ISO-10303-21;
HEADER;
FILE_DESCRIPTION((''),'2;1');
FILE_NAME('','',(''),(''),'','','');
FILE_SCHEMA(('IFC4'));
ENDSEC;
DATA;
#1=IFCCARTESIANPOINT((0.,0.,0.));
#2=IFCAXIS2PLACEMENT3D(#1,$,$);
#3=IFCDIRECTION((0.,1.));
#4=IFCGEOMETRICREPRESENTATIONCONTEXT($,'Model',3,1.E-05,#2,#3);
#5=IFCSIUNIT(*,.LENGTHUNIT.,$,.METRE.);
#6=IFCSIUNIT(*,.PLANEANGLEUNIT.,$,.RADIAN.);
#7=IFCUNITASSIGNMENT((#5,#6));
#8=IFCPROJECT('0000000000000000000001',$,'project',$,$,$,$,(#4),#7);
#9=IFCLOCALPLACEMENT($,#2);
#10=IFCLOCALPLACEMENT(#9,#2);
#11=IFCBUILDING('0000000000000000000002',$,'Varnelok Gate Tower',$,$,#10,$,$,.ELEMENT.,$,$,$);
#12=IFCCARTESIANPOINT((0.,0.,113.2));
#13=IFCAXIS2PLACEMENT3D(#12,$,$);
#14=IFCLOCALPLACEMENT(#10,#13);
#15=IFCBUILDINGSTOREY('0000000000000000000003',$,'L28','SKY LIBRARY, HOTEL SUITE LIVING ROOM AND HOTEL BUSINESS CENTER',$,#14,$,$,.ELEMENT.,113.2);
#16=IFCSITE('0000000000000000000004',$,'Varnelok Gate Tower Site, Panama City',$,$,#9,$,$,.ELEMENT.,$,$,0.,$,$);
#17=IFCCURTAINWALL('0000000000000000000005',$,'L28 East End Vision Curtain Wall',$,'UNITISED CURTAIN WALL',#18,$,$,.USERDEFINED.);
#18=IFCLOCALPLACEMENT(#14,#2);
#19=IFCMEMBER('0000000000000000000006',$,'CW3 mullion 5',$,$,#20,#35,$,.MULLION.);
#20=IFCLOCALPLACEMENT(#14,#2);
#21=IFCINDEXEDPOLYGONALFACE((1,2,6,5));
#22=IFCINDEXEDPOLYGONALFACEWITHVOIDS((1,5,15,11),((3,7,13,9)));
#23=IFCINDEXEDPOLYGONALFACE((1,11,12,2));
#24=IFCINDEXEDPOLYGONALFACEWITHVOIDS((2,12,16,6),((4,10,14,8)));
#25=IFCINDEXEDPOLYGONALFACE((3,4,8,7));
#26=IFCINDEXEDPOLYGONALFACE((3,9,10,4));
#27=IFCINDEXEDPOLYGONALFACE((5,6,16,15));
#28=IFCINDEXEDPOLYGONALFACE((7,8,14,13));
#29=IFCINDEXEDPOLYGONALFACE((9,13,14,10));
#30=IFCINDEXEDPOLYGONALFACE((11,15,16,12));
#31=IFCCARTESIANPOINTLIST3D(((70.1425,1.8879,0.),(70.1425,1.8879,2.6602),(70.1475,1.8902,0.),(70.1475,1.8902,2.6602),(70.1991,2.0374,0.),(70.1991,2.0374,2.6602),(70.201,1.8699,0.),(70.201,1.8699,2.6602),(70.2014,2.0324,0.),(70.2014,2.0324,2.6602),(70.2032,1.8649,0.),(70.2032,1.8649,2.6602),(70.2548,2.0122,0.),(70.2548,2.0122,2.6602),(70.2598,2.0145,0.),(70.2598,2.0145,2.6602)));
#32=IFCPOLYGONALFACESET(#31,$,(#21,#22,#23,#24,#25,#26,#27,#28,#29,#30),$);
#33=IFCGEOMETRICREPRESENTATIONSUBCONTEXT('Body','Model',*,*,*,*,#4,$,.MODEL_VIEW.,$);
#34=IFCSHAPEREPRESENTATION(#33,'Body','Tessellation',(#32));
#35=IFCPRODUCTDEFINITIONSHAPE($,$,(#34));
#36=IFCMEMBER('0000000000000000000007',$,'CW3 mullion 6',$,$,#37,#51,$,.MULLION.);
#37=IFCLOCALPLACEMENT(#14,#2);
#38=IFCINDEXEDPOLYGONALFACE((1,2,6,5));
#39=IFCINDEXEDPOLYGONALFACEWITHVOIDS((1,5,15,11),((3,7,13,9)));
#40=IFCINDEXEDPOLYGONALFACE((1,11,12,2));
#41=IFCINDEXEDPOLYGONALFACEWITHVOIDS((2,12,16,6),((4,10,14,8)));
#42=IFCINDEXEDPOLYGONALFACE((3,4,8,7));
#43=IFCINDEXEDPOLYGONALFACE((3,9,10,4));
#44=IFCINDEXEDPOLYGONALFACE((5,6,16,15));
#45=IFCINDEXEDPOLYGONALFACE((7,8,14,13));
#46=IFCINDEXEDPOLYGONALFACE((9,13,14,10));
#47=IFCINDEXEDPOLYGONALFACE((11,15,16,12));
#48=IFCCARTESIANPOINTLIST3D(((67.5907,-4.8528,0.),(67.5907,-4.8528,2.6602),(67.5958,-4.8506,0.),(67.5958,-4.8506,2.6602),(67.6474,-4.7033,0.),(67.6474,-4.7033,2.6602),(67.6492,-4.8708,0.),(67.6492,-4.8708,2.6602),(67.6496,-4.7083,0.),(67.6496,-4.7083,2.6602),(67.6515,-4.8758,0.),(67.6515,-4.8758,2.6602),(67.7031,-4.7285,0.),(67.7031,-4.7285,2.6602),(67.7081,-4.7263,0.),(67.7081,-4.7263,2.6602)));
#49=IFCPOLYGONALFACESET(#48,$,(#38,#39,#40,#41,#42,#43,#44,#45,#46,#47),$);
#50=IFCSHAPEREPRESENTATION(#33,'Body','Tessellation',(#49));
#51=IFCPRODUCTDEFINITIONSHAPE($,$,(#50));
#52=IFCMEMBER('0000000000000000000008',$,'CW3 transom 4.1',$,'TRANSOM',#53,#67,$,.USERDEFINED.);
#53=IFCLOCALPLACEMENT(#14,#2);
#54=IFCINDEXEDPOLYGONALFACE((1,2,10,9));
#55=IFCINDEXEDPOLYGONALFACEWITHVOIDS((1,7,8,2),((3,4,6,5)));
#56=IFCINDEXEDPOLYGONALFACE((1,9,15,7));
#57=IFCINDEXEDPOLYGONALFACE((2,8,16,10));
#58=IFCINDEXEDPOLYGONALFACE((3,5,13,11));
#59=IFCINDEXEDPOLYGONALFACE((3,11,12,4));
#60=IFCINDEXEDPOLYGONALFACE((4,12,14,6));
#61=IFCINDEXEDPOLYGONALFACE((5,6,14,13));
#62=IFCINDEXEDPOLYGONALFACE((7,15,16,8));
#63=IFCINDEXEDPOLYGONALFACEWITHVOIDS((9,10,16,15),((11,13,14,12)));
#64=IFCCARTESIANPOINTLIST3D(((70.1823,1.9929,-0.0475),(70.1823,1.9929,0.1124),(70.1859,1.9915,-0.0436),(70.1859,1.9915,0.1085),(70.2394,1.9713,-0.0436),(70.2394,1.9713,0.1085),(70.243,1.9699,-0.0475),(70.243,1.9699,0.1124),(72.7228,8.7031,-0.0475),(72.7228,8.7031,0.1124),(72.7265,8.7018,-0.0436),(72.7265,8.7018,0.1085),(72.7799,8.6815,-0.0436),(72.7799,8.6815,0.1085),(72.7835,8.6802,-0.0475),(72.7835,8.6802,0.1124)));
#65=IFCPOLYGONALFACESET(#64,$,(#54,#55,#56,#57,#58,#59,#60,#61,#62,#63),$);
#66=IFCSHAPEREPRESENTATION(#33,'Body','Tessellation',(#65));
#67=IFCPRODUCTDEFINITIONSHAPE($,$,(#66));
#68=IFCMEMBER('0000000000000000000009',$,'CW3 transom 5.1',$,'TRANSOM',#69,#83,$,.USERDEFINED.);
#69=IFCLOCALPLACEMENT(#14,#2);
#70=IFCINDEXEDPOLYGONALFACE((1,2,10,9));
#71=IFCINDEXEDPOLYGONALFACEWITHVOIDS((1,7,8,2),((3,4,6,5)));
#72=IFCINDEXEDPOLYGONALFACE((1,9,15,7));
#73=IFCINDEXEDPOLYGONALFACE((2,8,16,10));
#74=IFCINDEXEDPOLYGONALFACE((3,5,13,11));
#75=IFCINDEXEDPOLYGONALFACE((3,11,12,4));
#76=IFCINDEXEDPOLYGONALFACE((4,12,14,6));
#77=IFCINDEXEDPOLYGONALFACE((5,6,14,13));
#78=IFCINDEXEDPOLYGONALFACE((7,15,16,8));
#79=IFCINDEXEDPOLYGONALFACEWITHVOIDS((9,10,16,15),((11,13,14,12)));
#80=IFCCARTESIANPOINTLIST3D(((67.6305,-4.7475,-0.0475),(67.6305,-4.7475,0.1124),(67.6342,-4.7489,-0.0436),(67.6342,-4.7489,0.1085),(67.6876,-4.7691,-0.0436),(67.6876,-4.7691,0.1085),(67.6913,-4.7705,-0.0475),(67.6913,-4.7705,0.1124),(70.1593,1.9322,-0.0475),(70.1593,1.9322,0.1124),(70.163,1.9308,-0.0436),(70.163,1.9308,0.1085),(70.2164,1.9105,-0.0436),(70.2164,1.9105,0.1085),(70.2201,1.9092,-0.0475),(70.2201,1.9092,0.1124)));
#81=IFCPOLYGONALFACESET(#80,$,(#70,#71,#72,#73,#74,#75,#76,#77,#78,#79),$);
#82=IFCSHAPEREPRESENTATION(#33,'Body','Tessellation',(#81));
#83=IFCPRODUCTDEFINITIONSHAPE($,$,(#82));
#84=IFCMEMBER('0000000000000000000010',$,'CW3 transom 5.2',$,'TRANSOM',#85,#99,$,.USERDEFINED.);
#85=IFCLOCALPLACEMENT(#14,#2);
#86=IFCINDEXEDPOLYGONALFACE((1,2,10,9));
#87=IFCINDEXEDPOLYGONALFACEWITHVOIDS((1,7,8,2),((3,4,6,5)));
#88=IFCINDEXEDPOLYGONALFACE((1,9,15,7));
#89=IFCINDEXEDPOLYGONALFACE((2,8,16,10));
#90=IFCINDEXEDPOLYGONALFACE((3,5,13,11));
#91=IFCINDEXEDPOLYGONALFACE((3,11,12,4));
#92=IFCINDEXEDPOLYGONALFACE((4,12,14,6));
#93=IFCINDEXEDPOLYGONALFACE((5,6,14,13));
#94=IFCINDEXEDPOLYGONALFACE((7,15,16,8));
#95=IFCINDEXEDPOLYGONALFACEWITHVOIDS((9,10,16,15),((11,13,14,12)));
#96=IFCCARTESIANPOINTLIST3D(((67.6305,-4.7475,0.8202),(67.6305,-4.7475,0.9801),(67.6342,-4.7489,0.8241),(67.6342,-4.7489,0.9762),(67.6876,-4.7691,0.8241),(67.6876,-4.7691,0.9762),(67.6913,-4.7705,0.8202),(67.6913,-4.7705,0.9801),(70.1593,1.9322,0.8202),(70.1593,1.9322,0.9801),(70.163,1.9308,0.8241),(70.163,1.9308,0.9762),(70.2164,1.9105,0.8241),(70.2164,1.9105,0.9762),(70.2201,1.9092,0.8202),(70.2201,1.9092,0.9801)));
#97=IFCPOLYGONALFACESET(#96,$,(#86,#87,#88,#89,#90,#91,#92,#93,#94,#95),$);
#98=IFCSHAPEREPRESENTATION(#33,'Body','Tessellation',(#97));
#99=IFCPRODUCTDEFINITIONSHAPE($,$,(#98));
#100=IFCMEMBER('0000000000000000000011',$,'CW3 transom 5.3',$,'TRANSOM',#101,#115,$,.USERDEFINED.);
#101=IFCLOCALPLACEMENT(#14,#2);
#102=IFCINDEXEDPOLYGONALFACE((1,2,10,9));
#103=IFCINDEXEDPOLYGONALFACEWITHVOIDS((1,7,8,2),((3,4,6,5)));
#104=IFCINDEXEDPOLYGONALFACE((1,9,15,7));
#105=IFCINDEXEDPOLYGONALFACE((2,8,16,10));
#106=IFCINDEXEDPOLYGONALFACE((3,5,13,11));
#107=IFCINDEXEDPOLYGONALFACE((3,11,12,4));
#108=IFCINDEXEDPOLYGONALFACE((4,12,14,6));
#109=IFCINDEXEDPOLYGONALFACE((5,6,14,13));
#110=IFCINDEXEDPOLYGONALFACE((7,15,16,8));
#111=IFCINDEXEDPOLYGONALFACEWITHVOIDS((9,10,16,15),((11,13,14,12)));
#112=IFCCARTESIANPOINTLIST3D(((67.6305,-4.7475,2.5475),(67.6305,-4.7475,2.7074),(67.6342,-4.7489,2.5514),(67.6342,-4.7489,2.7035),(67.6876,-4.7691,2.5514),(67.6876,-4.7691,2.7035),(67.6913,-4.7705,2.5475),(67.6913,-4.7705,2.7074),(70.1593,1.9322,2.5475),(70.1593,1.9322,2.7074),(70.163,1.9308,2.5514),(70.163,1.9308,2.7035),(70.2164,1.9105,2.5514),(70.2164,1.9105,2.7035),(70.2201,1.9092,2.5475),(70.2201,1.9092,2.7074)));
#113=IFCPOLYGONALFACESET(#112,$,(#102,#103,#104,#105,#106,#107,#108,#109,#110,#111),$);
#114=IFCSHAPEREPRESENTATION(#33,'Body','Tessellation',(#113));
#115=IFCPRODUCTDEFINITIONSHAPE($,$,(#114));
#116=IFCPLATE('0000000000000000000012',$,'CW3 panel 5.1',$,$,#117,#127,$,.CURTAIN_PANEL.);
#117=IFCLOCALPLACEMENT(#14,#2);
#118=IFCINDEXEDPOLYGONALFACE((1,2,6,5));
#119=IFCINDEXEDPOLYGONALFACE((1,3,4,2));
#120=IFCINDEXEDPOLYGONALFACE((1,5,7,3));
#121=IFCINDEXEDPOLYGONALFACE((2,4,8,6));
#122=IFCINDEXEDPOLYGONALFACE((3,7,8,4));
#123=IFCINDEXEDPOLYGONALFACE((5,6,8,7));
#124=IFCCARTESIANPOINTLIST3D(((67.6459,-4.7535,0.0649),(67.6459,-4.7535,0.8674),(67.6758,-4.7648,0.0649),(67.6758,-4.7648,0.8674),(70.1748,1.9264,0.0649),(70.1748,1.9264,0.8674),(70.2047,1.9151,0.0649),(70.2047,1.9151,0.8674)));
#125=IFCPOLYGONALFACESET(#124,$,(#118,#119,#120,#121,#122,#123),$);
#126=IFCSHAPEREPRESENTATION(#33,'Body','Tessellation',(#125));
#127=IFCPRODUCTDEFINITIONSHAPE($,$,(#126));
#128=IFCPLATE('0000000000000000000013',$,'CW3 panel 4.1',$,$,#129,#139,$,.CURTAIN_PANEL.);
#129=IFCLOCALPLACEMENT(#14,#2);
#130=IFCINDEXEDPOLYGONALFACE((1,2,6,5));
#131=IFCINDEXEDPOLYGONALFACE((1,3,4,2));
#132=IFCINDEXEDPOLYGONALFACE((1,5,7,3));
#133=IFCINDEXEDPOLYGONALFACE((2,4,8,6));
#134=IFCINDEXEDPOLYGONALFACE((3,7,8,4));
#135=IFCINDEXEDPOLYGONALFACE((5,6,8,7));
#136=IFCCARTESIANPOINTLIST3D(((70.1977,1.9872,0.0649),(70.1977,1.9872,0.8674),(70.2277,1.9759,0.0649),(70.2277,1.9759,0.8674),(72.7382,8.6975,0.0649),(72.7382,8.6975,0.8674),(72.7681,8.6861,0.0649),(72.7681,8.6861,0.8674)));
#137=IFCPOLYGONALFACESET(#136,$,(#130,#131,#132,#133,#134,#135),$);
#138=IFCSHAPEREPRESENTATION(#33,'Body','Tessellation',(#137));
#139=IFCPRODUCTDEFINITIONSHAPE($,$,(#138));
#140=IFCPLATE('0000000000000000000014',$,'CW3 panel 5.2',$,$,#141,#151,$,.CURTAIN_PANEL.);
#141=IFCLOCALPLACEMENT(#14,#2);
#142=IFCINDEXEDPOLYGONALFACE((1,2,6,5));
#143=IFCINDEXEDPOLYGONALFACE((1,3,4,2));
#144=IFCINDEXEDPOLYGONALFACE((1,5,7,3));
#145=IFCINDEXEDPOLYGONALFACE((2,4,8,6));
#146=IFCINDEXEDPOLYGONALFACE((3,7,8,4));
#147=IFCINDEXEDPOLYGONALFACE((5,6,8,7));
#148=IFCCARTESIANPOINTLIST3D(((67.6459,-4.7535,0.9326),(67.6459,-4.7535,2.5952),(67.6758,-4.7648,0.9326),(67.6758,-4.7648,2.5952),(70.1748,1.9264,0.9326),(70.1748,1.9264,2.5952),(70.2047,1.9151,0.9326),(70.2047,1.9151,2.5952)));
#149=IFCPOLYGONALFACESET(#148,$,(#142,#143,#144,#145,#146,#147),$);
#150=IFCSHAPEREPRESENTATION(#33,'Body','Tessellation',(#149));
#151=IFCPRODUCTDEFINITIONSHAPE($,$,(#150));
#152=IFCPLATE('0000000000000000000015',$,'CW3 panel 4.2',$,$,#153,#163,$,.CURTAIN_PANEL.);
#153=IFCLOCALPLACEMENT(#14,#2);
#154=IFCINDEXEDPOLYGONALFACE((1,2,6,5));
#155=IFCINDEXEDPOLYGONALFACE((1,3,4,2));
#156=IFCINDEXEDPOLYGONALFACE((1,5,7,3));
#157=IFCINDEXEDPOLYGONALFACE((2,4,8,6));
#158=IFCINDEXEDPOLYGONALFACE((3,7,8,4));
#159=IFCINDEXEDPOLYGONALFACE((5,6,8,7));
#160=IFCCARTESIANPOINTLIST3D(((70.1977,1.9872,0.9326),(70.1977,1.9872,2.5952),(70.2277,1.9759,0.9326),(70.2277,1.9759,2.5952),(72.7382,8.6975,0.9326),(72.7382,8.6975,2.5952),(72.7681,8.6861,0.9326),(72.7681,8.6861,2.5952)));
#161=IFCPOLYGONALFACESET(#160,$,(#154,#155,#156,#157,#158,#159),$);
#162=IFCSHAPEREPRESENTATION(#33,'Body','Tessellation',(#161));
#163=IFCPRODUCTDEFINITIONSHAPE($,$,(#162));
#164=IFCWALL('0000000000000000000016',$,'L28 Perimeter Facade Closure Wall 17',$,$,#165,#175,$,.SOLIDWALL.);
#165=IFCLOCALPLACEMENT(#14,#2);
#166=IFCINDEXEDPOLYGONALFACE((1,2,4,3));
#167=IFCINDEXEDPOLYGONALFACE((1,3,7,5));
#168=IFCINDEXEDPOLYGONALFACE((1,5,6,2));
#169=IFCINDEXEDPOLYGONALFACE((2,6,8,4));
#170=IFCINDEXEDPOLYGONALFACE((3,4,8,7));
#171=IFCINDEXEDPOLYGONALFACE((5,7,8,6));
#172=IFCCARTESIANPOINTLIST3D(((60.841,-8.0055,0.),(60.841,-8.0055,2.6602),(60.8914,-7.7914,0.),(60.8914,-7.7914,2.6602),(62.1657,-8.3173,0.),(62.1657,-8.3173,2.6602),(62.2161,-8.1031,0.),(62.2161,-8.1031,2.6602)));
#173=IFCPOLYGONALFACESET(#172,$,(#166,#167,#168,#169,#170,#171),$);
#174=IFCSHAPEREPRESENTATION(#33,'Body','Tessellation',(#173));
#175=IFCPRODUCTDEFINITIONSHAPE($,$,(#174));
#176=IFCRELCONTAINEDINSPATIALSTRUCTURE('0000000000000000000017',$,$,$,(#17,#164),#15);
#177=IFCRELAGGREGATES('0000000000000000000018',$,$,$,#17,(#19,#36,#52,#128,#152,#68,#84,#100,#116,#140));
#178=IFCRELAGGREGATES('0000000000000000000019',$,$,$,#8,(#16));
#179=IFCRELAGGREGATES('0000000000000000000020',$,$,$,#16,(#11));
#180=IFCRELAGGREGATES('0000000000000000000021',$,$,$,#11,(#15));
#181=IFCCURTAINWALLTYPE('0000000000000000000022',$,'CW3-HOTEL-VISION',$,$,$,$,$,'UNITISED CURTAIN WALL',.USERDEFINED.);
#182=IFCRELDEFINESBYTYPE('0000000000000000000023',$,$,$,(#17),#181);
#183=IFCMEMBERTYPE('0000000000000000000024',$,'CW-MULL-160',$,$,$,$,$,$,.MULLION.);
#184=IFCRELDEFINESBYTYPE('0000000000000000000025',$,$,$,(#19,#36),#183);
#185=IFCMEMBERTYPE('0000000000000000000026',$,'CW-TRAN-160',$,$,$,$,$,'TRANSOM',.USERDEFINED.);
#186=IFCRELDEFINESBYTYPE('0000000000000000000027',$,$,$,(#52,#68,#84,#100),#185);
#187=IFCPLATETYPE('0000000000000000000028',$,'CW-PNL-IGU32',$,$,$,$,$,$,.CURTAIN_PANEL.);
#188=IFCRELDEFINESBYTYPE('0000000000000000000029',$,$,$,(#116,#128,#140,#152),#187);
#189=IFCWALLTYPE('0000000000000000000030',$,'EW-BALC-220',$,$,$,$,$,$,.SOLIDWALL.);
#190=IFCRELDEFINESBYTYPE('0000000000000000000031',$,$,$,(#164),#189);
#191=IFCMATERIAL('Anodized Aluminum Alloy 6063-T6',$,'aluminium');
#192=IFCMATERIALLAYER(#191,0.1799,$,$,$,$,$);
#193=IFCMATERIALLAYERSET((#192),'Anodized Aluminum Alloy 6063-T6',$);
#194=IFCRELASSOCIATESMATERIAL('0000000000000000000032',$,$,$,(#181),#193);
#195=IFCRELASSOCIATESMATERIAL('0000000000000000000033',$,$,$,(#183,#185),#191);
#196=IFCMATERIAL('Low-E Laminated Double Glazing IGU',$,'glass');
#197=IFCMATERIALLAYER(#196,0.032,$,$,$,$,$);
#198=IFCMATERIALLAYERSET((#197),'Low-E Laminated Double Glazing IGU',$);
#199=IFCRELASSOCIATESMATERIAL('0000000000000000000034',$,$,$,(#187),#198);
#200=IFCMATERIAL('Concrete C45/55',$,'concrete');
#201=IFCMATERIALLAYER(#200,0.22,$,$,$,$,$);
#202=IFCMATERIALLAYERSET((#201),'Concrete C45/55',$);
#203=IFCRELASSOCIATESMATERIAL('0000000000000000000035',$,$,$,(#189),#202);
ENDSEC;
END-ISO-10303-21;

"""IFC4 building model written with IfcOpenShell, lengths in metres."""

from ifc_helpers import new_model, si_unit, direction, frame, frame_2d, origin, origin_2d, place, context, subcontext, project, spatial, rectangle, hollow_rectangle, extrude, source, transform, mapped, material, layer, layer_set, material_profile, profile_set, type_object, element, aggregate, save


model = new_model("IFC4")

# Units and contexts
model_context = context("Model", 3, precision=1e-05, world=origin(), true_north=direction((0.0, 1.0)))
body_context = subcontext(model_context, "Body", "Model", "MODEL_VIEW")
ifc_project = project(units=[si_unit("LENGTHUNIT", "METRE"), si_unit("PLANEANGLEUNIT", "RADIAN")], contexts=[model_context])

# Site, building, storey
site_placement = place(None, origin())
site = spatial("IfcSite", under=ifc_project, at=site_placement, Name="Varnelok Gate Tower Site, Panama City", CompositionType="ELEMENT", RefElevation=0.0)
building_placement = place(site_placement, origin())
building = spatial("IfcBuilding", under=site, at=building_placement, Name="Varnelok Gate Tower", CompositionType="ELEMENT")
storey_placement = place(building_placement, frame((0.0, 0.0, 113.2)))
storey = spatial("IfcBuildingStorey", under=building, at=storey_placement, Name="L28", Description="SKY LIBRARY, HOTEL SUITE LIVING ROOM AND HOTEL BUSINESS CENTER", CompositionType="ELEMENT", Elevation=113.2)

# Curtain wall, members, plates
ifc_material_1 = material(Name="Anodized Aluminum Alloy 6063-T6", Category="aluminium")
ifc_layer_1 = layer(ifc_material_1, 0.1799)
ifc_layer_set_1 = layer_set([ifc_layer_1], Name="Anodized Aluminum Alloy 6063-T6")
curtain_wall_type = type_object("IfcCurtainWallType", Name="CW3-HOTEL-VISION", ElementType="UNITISED CURTAIN WALL", PredefinedType="USERDEFINED", material=ifc_layer_set_1)
curtain_wall_placement = place(storey_placement, origin())
curtain_wall = element("IfcCurtainWall", 1, at=curtain_wall_placement, inside=storey, type_object=curtain_wall_type, Name="L28 East End Vision Curtain Wall", ObjectType="UNITISED CURTAIN WALL", PredefinedType="USERDEFINED")
ifc_material_profile_1 = material_profile(ifc_material_1, hollow_rectangle(XDim=0.0649, YDim=0.1599, WallThickness=0.0039, at=origin_2d()), Name="ALU160X65X4")
ifc_profile_set_1 = profile_set([ifc_material_profile_1], Name="Anodized Aluminum Alloy 6063-T6")
member_type_1 = type_object("IfcMemberType", Name="CW-MULL-160", PredefinedType="MULLION", material=ifc_profile_set_1)
member_1_placement = place(storey_placement, frame((70.2012, 1.9512, 0.0), z_axis=(0.0, 0.0, 1.0), x_axis=(0.935221, -0.354064, 0.0)))
member_1 = element("IfcMember", 2, at=member_1_placement, type_object=member_type_1, Name="CW3 mullion 5", PredefinedType="MULLION", context=body_context, shape_type="SweptSolid", body=[
    extrude(hollow_rectangle(XDim=0.0649, YDim=0.1599, WallThickness=0.0039, at=origin_2d()), origin(), (0.0, 0.0, 1.0), 2.6602),
])
member_2_placement = place(storey_placement, frame((67.6494, -4.7896, 0.0), z_axis=(0.0, 0.0, 1.0), x_axis=(0.935221, -0.354064, 0.0)))
member_2 = element("IfcMember", 3, at=member_2_placement, type_object=member_type_1, Name="CW3 mullion 6", PredefinedType="MULLION", context=body_context, shape_type="SweptSolid", body=[
    extrude(hollow_rectangle(XDim=0.0649, YDim=0.1599, WallThickness=0.0039, at=origin_2d()), origin(), (0.0, 0.0, 1.0), 2.6602),
])
ifc_material_profile_2 = material_profile(ifc_material_1, hollow_rectangle(XDim=0.0649, YDim=0.1599, WallThickness=0.0039, at=origin_2d()), Name="ALU160X65X4")
ifc_profile_set_2 = profile_set([ifc_material_profile_2], Name="Anodized Aluminum Alloy 6063-T6")
member_type_2 = type_object("IfcMemberType", Name="CW-TRAN-160", ElementType="TRANSOM", PredefinedType="USERDEFINED", material=ifc_profile_set_2)
member_3_placement = place(storey_placement, frame((72.7532, 8.6917, 0.0325), z_axis=(-0.354079, -0.935216, 0.0), x_axis=(0.935216, -0.354079, 0.0)))
member_3 = element("IfcMember", 4, at=member_3_placement, type_object=member_type_2, Name="CW3 transom 4.1", ObjectType="TRANSOM", PredefinedType="USERDEFINED", context=body_context, shape_type="SweptSolid", body=[
    extrude(hollow_rectangle(XDim=0.0649, YDim=0.1599, WallThickness=0.0039, at=origin_2d()), origin(), (0.0, 0.0, 1.0), 7.175),
])
member_4_placement = place(storey_placement, frame((70.1897, 1.9207, 0.0325), z_axis=(-0.354059, -0.935223, 0.0), x_axis=(0.935223, -0.354059, 0.0)))
member_4 = element("IfcMember", 5, at=member_4_placement, type_object=member_type_2, Name="CW3 transom 5.1", ObjectType="TRANSOM", PredefinedType="USERDEFINED", context=body_context, shape_type="SweptSolid", body=[
    extrude(hollow_rectangle(XDim=0.0649, YDim=0.1599, WallThickness=0.0039, at=origin_2d()), origin(), (0.0, 0.0, 1.0), 7.1423),
])
member_5_placement = place(storey_placement, frame((70.1897, 1.9207, 0.9001), z_axis=(-0.354059, -0.935223, 0.0), x_axis=(0.935223, -0.354059, 0.0)))
member_5 = element("IfcMember", 6, at=member_5_placement, type_object=member_type_2, Name="CW3 transom 5.2", ObjectType="TRANSOM", PredefinedType="USERDEFINED", context=body_context, shape_type="SweptSolid", body=[
    extrude(hollow_rectangle(XDim=0.0649, YDim=0.1599, WallThickness=0.0039, at=origin_2d()), origin(), (0.0, 0.0, 1.0), 7.1423),
])
member_6_placement = place(storey_placement, frame((70.1897, 1.9207, 2.6274), z_axis=(-0.354059, -0.935223, 0.0), x_axis=(0.935223, -0.354059, 0.0)))
member_6 = element("IfcMember", 7, at=member_6_placement, type_object=member_type_2, Name="CW3 transom 5.3", ObjectType="TRANSOM", PredefinedType="USERDEFINED", context=body_context, shape_type="SweptSolid", body=[
    extrude(hollow_rectangle(XDim=0.0649, YDim=0.1599, WallThickness=0.0039, at=origin_2d()), origin(), (0.0, 0.0, 1.0), 7.1423),
])
ifc_material_2 = material(Name="Low-E Laminated Double Glazing IGU", Category="glass")
ifc_layer_2 = layer(ifc_material_2, 0.032)
ifc_layer_set_2 = layer_set([ifc_layer_2], Name="Low-E Laminated Double Glazing IGU")
plate_type = type_object("IfcPlateType", Name="CW-PNL-IGU32", PredefinedType="CURTAIN_PANEL", material=ifc_layer_set_2)
shared_shape_1 = source(origin(), body_context, "Body", "SweptSolid", [
    extrude(rectangle(XDim=7.1426, YDim=0.032, at=origin_2d()), origin(), (0.0, 0.0, 1.0), 0.8025),
])
plate_1_placement = place(storey_placement, frame((68.9253, -1.4192, 0.0649), z_axis=(0.0, 0.0, 1.0), x_axis=(-0.354064, -0.935221, 0.0)))
plate_1 = element("IfcPlate", 8, at=plate_1_placement, type_object=plate_type, Name="CW3 panel 5.1", PredefinedType="CURTAIN_PANEL", context=body_context, shape_type="MappedRepresentation", body=[
    mapped(shared_shape_1, transform((0.0, 0.0, 0.0), scale=1.0)),
])
shared_shape_2 = source(origin(), body_context, "Body", "SweptSolid", [
    extrude(rectangle(XDim=7.175, YDim=0.032, at=origin_2d()), origin(), (0.0, 0.0, 1.0), 0.8025),
])
plate_2_placement = place(storey_placement, frame((71.4829, 5.3367, 0.0649), z_axis=(0.0, 0.0, 1.0), x_axis=(-0.354064, -0.935221, 0.0)))
plate_2 = element("IfcPlate", 9, at=plate_2_placement, type_object=plate_type, Name="CW3 panel 4.1", PredefinedType="CURTAIN_PANEL", context=body_context, shape_type="MappedRepresentation", body=[
    mapped(shared_shape_2, transform((0.0, 0.0, 0.0), scale=1.0)),
])
shared_shape_3 = source(origin(), body_context, "Body", "SweptSolid", [
    extrude(rectangle(XDim=7.1426, YDim=0.032, at=origin_2d()), origin(), (0.0, 0.0, 1.0), 1.6626),
])
plate_3_placement = place(storey_placement, frame((68.9253, -1.4192, 0.9326), z_axis=(0.0, 0.0, 1.0), x_axis=(-0.354064, -0.935221, 0.0)))
plate_3 = element("IfcPlate", 10, at=plate_3_placement, type_object=plate_type, Name="CW3 panel 5.2", PredefinedType="CURTAIN_PANEL", context=body_context, shape_type="MappedRepresentation", body=[
    mapped(shared_shape_3, transform((0.0, 0.0, 0.0), scale=1.0)),
])
shared_shape_4 = source(origin(), body_context, "Body", "SweptSolid", [
    extrude(rectangle(XDim=7.175, YDim=0.032, at=origin_2d()), origin(), (0.0, 0.0, 1.0), 1.6626),
])
plate_4_placement = place(storey_placement, frame((71.4829, 5.3367, 0.9326), z_axis=(0.0, 0.0, 1.0), x_axis=(-0.354064, -0.935221, 0.0)))
plate_4 = element("IfcPlate", 11, at=plate_4_placement, type_object=plate_type, Name="CW3 panel 4.2", PredefinedType="CURTAIN_PANEL", context=body_context, shape_type="MappedRepresentation", body=[
    mapped(shared_shape_4, transform((0.0, 0.0, 0.0), scale=1.0)),
])
aggregate(curtain_wall, [member_1, member_2, member_3, plate_2, plate_4, member_4, member_5, member_6, plate_1, plate_3])

# Wall
ifc_material_3 = material(Name="Concrete C45/55", Category="concrete")
ifc_layer_3 = layer(ifc_material_3, 0.22)
ifc_layer_set_3 = layer_set([ifc_layer_3], Name="Concrete C45/55")
wall_type_1 = type_object("IfcWallType", Name="EW-BALC-220", PredefinedType="SOLIDWALL", material=ifc_layer_set_3)
wall_1_placement = place(storey_placement, frame((60.8662, -7.8984, 0.0), z_axis=(0.0, 0.0, 1.0), x_axis=(0.973405, -0.229089, 0.0)))
element("IfcWall", 12, at=wall_1_placement, inside=storey, type_object=wall_type_1, Name="L28 Perimeter Facade Closure Wall 17", PredefinedType="SOLIDWALL", context=body_context, shape_type="SweptSolid", body=[
    extrude(rectangle(XDim=1.3608, YDim=0.22, at=frame_2d((0.6804, 0.0))), origin(), (0.0, 0.0, 1.0), 2.6602),
])

save(model, "model.ifc")
